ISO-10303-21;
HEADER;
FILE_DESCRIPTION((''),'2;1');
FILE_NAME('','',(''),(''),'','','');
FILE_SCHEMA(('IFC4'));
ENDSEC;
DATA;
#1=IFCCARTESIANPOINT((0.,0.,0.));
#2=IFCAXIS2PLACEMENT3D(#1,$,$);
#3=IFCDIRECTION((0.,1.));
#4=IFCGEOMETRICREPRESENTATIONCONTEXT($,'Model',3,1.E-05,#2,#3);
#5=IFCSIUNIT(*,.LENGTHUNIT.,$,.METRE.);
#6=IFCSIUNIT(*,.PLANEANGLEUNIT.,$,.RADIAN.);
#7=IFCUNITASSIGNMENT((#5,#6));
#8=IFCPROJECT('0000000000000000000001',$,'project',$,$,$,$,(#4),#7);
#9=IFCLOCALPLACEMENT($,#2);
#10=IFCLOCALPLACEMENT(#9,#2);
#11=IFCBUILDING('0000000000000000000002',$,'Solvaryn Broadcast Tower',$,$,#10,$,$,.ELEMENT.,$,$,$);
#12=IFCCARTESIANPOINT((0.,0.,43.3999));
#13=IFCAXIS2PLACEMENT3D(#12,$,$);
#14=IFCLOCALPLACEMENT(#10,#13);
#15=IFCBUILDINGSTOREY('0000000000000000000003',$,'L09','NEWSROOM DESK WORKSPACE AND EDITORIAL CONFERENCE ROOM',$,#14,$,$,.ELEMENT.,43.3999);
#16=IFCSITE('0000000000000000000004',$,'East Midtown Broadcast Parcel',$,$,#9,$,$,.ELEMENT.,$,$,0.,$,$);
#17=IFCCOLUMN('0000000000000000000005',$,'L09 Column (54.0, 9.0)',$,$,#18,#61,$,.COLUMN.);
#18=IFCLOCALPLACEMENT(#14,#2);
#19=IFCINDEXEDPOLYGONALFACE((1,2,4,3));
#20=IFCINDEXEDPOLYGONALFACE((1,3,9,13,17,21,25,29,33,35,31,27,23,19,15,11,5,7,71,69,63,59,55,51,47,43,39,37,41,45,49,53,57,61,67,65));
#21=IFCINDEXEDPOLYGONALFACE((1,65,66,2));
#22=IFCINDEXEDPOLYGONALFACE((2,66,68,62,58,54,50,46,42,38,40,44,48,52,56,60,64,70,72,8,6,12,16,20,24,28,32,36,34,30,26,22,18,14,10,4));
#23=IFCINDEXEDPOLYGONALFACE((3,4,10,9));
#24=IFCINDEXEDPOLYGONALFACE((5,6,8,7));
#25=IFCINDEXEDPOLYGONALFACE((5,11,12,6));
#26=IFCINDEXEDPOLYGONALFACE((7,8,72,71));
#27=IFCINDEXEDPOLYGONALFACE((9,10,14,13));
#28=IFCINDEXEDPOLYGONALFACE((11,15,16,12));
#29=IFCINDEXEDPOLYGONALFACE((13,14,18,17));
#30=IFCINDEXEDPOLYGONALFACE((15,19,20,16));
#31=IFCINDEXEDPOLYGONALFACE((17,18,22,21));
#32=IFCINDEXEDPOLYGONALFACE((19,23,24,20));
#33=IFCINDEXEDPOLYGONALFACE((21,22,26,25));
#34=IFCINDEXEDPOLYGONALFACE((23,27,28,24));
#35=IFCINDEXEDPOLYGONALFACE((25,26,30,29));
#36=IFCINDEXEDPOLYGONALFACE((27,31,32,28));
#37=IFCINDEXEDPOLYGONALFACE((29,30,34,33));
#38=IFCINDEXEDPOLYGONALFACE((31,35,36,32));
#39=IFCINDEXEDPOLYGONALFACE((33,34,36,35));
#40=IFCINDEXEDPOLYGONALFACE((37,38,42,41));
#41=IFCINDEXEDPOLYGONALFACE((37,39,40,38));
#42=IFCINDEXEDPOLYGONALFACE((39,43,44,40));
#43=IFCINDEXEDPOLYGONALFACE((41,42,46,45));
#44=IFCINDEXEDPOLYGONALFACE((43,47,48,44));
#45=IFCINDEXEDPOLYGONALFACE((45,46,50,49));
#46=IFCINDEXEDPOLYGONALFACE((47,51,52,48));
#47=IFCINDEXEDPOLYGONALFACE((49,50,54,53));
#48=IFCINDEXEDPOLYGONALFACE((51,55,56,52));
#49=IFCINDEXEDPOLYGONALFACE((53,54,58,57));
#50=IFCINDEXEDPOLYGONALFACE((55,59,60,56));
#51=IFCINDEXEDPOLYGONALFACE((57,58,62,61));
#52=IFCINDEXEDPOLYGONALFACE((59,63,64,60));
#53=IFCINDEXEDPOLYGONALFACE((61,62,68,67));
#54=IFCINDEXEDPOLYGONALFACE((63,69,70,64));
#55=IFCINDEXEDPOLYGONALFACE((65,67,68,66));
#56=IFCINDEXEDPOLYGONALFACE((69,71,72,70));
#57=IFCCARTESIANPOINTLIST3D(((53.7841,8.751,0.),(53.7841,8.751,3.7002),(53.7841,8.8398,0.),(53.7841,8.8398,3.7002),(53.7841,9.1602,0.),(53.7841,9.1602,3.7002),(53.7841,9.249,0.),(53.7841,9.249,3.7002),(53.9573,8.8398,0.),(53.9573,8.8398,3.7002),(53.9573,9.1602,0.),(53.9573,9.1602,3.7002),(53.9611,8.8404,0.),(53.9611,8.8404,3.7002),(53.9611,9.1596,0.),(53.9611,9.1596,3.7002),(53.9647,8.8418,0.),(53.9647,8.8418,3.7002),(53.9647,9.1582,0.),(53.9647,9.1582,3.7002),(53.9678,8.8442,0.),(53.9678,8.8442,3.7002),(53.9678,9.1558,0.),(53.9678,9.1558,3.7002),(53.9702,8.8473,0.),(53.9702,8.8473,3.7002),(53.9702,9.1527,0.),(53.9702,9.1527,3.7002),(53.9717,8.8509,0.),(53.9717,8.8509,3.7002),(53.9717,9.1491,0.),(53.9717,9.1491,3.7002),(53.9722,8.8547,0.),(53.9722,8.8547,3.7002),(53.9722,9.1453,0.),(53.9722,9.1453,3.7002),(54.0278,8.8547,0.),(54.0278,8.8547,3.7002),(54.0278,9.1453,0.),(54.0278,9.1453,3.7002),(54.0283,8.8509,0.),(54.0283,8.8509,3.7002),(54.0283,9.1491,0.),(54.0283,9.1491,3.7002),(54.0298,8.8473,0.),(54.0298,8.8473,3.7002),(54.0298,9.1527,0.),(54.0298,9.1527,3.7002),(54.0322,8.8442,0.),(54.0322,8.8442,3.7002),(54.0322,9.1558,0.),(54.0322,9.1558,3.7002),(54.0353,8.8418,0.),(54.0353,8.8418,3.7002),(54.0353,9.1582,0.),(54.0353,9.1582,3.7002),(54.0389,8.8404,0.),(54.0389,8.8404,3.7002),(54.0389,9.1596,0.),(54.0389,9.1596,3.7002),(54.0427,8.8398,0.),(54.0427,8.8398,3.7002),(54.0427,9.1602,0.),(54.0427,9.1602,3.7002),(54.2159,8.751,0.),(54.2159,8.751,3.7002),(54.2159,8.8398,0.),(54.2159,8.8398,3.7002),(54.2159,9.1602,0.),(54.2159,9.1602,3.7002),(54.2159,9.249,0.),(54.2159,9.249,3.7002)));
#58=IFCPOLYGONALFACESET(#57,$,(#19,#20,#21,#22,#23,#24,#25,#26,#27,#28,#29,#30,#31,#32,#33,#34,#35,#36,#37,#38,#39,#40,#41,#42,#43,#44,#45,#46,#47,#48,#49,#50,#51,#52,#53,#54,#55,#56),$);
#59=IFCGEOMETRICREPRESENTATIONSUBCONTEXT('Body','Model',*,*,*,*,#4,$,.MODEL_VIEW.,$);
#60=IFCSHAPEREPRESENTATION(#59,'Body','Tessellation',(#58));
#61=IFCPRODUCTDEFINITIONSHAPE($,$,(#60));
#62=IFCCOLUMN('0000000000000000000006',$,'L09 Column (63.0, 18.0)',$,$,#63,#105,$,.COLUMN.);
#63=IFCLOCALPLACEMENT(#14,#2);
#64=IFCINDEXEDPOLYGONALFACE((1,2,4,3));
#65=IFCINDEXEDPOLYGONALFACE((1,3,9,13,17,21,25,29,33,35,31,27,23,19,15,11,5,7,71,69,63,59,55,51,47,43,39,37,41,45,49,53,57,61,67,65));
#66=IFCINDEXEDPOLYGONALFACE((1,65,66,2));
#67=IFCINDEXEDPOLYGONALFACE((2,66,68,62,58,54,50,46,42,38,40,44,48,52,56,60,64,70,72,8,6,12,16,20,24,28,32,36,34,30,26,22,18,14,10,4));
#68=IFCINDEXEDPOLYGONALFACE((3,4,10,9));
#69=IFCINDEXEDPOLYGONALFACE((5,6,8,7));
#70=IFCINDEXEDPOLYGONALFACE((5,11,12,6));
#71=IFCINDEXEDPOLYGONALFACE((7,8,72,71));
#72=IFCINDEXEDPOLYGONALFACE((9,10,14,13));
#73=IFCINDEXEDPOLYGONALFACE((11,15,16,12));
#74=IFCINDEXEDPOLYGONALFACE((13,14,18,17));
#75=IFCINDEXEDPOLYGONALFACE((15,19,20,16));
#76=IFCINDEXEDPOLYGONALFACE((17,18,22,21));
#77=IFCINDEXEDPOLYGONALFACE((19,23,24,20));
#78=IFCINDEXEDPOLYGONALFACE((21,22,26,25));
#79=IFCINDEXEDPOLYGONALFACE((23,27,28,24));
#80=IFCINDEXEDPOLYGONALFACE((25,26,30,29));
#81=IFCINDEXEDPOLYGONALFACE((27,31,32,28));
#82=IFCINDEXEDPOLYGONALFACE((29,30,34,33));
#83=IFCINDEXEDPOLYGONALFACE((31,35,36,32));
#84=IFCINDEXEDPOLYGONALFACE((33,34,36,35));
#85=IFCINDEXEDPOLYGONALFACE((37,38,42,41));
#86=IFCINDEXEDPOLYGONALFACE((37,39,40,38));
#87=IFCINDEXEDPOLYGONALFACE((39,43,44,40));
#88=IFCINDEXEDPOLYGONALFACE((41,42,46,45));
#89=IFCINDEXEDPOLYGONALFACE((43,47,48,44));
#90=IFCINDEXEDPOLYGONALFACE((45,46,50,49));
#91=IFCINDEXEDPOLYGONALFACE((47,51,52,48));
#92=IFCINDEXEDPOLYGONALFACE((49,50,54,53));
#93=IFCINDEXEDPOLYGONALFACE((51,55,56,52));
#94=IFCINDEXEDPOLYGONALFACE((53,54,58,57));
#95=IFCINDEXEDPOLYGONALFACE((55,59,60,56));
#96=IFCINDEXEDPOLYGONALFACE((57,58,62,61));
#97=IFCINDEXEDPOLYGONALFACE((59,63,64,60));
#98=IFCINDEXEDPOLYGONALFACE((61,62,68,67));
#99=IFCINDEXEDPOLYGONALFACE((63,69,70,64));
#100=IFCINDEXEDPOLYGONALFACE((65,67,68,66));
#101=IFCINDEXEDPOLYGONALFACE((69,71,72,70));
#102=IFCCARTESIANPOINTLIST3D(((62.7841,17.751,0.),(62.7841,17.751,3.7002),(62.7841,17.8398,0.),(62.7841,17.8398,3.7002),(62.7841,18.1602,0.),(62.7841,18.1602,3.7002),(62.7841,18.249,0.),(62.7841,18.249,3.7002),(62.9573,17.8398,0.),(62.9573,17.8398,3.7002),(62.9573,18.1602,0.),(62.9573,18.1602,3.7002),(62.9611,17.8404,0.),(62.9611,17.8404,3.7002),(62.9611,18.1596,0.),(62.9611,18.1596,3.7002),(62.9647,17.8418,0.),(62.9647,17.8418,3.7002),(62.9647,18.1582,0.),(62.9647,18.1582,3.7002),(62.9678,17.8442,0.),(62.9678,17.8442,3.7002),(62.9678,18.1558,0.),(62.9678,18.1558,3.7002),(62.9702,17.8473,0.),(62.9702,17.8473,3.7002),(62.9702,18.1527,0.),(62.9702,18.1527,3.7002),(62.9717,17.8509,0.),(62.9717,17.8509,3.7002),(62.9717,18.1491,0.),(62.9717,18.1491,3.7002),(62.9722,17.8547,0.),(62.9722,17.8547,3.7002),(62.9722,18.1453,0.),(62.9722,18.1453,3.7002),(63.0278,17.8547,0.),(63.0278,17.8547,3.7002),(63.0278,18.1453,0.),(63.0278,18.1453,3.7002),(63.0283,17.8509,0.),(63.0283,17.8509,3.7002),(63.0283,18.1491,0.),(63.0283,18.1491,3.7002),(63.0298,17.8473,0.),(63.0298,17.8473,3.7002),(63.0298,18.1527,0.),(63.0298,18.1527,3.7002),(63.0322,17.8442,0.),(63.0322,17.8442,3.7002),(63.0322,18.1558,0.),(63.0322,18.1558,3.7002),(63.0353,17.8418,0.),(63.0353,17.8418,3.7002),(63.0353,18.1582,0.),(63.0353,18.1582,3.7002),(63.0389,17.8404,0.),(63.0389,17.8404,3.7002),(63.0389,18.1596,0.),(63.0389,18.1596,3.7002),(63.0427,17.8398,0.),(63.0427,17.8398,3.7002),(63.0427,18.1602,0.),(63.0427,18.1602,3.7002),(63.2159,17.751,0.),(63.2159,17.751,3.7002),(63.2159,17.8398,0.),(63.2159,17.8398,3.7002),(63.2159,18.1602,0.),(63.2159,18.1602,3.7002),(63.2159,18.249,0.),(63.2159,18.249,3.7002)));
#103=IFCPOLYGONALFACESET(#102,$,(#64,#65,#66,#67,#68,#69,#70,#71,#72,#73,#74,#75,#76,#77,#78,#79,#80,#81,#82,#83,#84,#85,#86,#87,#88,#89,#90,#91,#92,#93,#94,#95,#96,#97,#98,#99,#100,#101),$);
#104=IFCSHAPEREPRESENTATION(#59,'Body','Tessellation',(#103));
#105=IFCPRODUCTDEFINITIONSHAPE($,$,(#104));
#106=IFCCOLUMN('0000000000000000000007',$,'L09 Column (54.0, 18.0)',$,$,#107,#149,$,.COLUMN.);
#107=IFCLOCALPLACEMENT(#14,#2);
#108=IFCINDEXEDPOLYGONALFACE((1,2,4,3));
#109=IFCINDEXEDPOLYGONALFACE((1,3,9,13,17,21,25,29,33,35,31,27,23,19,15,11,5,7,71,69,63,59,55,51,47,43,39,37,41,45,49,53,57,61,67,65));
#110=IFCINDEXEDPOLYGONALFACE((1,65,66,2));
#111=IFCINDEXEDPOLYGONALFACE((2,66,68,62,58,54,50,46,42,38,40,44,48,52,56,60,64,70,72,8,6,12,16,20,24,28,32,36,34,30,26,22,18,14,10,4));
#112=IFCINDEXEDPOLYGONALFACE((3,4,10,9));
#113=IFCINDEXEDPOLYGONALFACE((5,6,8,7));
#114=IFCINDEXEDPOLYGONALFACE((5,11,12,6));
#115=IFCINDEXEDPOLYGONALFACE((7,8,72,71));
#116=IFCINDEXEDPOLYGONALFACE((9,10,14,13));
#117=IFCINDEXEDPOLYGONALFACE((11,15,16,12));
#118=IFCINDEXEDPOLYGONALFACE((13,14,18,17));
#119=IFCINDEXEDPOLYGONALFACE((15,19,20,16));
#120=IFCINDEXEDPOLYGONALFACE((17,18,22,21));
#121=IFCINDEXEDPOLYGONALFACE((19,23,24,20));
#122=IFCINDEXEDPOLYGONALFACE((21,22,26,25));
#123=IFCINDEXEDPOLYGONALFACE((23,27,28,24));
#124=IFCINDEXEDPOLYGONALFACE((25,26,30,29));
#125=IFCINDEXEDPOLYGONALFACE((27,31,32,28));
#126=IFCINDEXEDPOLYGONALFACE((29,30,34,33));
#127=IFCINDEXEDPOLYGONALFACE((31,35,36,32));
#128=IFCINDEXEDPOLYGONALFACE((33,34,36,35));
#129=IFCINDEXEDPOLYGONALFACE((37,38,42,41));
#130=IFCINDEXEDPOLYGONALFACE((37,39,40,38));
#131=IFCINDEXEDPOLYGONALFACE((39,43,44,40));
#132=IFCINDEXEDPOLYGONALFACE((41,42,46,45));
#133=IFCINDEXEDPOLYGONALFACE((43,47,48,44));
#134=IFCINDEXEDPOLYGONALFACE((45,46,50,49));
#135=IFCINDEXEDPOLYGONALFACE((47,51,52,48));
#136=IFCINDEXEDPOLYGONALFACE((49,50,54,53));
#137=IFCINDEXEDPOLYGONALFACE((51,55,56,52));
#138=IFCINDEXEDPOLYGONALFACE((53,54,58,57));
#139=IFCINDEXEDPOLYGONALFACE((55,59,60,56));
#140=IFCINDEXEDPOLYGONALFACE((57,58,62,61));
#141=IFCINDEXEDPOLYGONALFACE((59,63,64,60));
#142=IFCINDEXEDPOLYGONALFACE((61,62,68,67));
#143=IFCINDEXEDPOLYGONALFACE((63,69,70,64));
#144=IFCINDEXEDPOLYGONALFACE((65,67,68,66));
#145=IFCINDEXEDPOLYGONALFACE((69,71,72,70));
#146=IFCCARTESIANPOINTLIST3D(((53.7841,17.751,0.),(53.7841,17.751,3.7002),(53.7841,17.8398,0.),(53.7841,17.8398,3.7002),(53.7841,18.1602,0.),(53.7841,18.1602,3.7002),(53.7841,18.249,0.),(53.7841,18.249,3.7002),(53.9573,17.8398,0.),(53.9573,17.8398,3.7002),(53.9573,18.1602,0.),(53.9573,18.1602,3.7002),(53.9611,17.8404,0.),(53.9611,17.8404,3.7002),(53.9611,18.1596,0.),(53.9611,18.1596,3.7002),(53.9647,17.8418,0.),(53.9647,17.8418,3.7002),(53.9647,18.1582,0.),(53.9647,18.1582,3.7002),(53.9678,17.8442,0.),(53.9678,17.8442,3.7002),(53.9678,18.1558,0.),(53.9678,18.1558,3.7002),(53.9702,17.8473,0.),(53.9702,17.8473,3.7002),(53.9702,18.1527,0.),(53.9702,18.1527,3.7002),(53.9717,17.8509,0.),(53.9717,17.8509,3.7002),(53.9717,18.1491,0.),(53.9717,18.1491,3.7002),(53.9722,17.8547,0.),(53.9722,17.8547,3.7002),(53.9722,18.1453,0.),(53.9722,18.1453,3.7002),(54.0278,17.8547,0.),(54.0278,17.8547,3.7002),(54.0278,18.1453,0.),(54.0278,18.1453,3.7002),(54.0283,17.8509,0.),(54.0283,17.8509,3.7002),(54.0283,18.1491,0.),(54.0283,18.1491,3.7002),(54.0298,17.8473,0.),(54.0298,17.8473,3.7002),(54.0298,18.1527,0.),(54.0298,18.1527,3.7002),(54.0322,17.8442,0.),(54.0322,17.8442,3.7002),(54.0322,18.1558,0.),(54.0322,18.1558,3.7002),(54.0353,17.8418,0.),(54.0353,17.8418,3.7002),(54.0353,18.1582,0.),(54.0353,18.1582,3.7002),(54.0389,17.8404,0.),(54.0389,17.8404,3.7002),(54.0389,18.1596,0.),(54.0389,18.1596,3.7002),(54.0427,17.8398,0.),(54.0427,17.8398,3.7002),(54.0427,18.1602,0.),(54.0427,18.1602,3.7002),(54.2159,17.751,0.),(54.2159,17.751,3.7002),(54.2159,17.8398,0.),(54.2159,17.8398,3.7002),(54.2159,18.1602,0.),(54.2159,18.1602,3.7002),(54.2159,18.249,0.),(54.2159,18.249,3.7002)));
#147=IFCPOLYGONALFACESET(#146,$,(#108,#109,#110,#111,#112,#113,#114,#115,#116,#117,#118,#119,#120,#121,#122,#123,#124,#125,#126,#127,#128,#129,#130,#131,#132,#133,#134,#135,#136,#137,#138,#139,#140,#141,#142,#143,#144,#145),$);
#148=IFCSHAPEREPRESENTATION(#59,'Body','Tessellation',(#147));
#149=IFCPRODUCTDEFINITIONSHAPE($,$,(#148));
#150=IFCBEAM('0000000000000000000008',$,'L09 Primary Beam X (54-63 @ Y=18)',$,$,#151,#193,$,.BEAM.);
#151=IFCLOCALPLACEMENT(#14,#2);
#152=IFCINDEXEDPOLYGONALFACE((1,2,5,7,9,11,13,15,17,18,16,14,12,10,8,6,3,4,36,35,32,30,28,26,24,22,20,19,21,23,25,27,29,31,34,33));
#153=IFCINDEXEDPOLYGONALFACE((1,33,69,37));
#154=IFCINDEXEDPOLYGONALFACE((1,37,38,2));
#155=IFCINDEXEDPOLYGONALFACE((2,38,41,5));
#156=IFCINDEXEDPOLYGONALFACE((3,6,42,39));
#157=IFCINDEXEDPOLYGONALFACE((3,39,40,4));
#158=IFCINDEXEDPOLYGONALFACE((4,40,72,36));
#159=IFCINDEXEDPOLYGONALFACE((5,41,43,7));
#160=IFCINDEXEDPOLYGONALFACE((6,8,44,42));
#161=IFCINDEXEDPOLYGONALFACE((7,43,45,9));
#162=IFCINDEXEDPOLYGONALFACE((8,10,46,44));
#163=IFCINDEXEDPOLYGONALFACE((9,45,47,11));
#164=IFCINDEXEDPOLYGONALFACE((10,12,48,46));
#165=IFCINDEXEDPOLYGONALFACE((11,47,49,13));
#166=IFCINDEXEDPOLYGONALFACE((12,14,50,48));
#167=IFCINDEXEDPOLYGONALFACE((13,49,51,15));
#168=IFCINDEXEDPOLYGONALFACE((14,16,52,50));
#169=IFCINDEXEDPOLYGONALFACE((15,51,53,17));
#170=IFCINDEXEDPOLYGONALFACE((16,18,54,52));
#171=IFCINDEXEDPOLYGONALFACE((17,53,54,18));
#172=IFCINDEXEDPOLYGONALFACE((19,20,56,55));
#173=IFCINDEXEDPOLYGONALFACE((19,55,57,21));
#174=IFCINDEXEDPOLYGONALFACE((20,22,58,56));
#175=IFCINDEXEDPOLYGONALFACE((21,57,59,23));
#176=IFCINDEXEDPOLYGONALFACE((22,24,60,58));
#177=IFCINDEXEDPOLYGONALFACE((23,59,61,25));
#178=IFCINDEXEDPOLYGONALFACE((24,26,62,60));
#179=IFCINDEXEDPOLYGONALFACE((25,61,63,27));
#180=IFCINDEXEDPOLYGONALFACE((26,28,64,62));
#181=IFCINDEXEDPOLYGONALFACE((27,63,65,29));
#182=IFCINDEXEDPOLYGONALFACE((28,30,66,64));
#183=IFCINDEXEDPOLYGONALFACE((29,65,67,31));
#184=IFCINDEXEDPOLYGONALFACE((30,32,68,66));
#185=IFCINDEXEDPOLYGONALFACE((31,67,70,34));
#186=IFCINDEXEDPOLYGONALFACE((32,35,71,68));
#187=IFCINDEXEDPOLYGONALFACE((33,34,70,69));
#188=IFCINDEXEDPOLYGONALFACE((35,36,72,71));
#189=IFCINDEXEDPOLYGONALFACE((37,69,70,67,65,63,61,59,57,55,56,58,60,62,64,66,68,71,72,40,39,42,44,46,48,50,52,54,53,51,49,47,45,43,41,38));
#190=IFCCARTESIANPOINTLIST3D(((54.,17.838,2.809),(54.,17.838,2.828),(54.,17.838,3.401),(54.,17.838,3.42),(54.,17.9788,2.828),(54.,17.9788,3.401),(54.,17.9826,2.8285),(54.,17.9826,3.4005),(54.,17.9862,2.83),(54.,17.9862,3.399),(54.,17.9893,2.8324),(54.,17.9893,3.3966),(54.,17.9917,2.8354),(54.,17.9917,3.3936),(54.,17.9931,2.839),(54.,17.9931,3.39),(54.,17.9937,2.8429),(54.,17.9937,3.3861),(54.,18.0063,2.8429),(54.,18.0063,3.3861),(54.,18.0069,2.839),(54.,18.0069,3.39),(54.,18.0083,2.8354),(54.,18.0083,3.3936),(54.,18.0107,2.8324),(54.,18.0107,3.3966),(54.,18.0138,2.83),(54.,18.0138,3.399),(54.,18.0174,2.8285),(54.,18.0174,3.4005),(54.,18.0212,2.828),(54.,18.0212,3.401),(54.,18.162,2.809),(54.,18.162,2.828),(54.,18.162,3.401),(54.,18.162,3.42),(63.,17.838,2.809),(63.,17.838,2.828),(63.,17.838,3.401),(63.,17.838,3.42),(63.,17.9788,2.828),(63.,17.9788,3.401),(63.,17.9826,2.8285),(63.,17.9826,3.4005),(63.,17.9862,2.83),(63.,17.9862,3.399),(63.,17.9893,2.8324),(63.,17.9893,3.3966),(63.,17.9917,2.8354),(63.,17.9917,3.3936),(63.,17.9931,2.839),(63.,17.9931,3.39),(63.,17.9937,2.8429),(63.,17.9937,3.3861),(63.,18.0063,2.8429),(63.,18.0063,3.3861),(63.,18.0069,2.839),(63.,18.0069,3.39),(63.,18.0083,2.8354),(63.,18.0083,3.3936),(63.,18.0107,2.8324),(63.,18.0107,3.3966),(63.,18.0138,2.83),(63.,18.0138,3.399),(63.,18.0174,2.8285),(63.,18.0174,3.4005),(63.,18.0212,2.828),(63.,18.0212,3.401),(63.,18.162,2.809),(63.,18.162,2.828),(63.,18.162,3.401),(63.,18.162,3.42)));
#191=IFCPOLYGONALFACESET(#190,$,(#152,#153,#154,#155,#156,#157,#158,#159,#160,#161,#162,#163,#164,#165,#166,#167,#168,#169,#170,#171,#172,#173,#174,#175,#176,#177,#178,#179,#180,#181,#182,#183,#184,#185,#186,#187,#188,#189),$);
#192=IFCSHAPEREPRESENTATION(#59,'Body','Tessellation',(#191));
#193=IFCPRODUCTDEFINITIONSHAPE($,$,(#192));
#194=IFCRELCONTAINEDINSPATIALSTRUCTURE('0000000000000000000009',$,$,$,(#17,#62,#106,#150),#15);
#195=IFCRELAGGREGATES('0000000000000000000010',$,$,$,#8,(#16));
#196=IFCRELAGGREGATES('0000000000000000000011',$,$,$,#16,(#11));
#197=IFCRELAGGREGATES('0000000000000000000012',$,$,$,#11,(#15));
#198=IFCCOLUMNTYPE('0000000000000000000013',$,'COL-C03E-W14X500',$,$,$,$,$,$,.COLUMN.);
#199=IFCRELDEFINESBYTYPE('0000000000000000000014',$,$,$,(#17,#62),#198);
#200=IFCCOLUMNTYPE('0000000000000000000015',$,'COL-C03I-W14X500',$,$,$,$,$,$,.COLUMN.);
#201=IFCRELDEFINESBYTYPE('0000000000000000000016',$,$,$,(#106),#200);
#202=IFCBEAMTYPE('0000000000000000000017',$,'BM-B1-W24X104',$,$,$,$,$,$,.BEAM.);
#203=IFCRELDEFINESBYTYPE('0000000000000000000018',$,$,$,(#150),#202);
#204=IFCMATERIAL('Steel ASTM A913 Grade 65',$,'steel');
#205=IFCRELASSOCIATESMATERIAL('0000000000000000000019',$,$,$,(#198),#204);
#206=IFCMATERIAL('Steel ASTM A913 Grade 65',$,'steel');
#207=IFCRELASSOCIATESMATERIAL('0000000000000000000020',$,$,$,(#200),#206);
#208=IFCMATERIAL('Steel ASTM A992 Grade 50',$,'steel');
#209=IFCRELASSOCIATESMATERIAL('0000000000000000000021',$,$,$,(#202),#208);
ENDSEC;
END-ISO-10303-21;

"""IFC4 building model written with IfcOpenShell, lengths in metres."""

from ifc_helpers import new_model, si_unit, direction, frame, origin, origin_2d, place, context, subcontext, project, spatial, i_section, extrude, material, material_profile, profile_set, type_object, element, save


model = new_model("IFC4")

# Units and contexts
model_context = context("Model", 3, precision=1e-05, world=origin(), true_north=direction((0.0, 1.0)))
body_context = subcontext(model_context, "Body", "Model", "MODEL_VIEW")
ifc_project = project(units=[si_unit("LENGTHUNIT", "METRE"), si_unit("PLANEANGLEUNIT", "RADIAN")], contexts=[model_context])

# Site, building, storey
site_placement = place(None, origin())
site = spatial("IfcSite", under=ifc_project, at=site_placement, Name="East Midtown Broadcast Parcel", CompositionType="ELEMENT", RefElevation=0.0)
building_placement = place(site_placement, origin())
building = spatial("IfcBuilding", under=site, at=building_placement, Name="Solvaryn Broadcast Tower", CompositionType="ELEMENT")
storey_placement = place(building_placement, frame((0.0, 0.0, 43.3999)))
storey = spatial("IfcBuildingStorey", under=building, at=storey_placement, Name="L09", Description="NEWSROOM DESK WORKSPACE AND EDITORIAL CONFERENCE ROOM", CompositionType="ELEMENT", Elevation=43.3999)

# Columns
ifc_material_1 = material(Name="Steel ASTM A913 Grade 65", Category="steel")
ifc_material_profile_1 = material_profile(ifc_material_1, i_section(OverallWidth=0.4319, OverallDepth=0.498, WebThickness=0.0557, FlangeThickness=0.0889, FilletRadius=0.0149, at=origin_2d()))
ifc_profile_set_1 = profile_set([ifc_material_profile_1], Name="Steel ASTM A913 Grade 65")
column_type_1 = type_object("IfcColumnType", Name="COL-C03E-W14X500", PredefinedType="COLUMN", material=ifc_profile_set_1)
for number, where, z_axis, x_axis, name in (
    (1, (54.0, 9.0, 0.0), (0.0, 0.0, 1.0), (1.0, 0.0, 0.0), "L09 Column (54.0, 9.0)"),
    (2, (63.0, 18.0, 0.0), (0.0, 0.0, 1.0), (1.0, 0.0, 0.0), "L09 Column (63.0, 18.0)"),
):
    element("IfcColumn", number, at=place(storey_placement, frame(where, z_axis=z_axis, x_axis=x_axis)), inside=storey, type_object=column_type_1, Name=name, PredefinedType="COLUMN", context=body_context, shape_type="SweptSolid", body=[
        extrude(i_section(OverallWidth=0.4319, OverallDepth=0.498, WebThickness=0.0557, FlangeThickness=0.0889, FilletRadius=0.0149, at=origin_2d()), origin(), (0.0, 0.0, 1.0), 3.7002),
    ])
ifc_material_2 = material(Name="Steel ASTM A913 Grade 65", Category="steel")
ifc_material_profile_2 = material_profile(ifc_material_2, i_section(OverallWidth=0.4319, OverallDepth=0.498, WebThickness=0.0557, FlangeThickness=0.0889, FilletRadius=0.0149, at=origin_2d()))
ifc_profile_set_2 = profile_set([ifc_material_profile_2], Name="Steel ASTM A913 Grade 65")
column_type_2 = type_object("IfcColumnType", Name="COL-C03I-W14X500", PredefinedType="COLUMN", material=ifc_profile_set_2)
column_placement = place(storey_placement, frame((54.0, 18.0, 0.0), z_axis=(0.0, 0.0, 1.0), x_axis=(1.0, 0.0, 0.0)))
element("IfcColumn", 3, at=column_placement, inside=storey, type_object=column_type_2, Name="L09 Column (54.0, 18.0)", PredefinedType="COLUMN", context=body_context, shape_type="SweptSolid", body=[
    extrude(i_section(OverallWidth=0.4319, OverallDepth=0.498, WebThickness=0.0557, FlangeThickness=0.0889, FilletRadius=0.0149, at=origin_2d()), origin(), (0.0, 0.0, 1.0), 3.7002),
])

# Beam
ifc_material_3 = material(Name="Steel ASTM A992 Grade 50", Category="steel")
ifc_material_profile_3 = material_profile(ifc_material_3, i_section(OverallWidth=0.324, OverallDepth=0.6111, WebThickness=0.0127, FlangeThickness=0.019, FilletRadius=0.0149, at=origin_2d()))
ifc_profile_set_3 = profile_set([ifc_material_profile_3], Name="Steel ASTM A992 Grade 50")
beam_type = type_object("IfcBeamType", Name="BM-B1-W24X104", PredefinedType="BEAM", material=ifc_profile_set_3)
beam_placement = place(storey_placement, frame((54.0, 18.0, 3.1145), z_axis=(1.0, 0.0, 0.0), x_axis=(0.0, 1.0, 0.0)))
element("IfcBeam", 4, at=beam_placement, inside=storey, type_object=beam_type, Name="L09 Primary Beam X (54-63 @ Y=18)", PredefinedType="BEAM", context=body_context, shape_type="SweptSolid", body=[
    extrude(i_section(OverallWidth=0.324, OverallDepth=0.6111, WebThickness=0.0127, FlangeThickness=0.019, FilletRadius=0.0149, at=origin_2d()), origin(), (0.0, 0.0, 1.0), 9.0),
])

save(model, "model.ifc")
